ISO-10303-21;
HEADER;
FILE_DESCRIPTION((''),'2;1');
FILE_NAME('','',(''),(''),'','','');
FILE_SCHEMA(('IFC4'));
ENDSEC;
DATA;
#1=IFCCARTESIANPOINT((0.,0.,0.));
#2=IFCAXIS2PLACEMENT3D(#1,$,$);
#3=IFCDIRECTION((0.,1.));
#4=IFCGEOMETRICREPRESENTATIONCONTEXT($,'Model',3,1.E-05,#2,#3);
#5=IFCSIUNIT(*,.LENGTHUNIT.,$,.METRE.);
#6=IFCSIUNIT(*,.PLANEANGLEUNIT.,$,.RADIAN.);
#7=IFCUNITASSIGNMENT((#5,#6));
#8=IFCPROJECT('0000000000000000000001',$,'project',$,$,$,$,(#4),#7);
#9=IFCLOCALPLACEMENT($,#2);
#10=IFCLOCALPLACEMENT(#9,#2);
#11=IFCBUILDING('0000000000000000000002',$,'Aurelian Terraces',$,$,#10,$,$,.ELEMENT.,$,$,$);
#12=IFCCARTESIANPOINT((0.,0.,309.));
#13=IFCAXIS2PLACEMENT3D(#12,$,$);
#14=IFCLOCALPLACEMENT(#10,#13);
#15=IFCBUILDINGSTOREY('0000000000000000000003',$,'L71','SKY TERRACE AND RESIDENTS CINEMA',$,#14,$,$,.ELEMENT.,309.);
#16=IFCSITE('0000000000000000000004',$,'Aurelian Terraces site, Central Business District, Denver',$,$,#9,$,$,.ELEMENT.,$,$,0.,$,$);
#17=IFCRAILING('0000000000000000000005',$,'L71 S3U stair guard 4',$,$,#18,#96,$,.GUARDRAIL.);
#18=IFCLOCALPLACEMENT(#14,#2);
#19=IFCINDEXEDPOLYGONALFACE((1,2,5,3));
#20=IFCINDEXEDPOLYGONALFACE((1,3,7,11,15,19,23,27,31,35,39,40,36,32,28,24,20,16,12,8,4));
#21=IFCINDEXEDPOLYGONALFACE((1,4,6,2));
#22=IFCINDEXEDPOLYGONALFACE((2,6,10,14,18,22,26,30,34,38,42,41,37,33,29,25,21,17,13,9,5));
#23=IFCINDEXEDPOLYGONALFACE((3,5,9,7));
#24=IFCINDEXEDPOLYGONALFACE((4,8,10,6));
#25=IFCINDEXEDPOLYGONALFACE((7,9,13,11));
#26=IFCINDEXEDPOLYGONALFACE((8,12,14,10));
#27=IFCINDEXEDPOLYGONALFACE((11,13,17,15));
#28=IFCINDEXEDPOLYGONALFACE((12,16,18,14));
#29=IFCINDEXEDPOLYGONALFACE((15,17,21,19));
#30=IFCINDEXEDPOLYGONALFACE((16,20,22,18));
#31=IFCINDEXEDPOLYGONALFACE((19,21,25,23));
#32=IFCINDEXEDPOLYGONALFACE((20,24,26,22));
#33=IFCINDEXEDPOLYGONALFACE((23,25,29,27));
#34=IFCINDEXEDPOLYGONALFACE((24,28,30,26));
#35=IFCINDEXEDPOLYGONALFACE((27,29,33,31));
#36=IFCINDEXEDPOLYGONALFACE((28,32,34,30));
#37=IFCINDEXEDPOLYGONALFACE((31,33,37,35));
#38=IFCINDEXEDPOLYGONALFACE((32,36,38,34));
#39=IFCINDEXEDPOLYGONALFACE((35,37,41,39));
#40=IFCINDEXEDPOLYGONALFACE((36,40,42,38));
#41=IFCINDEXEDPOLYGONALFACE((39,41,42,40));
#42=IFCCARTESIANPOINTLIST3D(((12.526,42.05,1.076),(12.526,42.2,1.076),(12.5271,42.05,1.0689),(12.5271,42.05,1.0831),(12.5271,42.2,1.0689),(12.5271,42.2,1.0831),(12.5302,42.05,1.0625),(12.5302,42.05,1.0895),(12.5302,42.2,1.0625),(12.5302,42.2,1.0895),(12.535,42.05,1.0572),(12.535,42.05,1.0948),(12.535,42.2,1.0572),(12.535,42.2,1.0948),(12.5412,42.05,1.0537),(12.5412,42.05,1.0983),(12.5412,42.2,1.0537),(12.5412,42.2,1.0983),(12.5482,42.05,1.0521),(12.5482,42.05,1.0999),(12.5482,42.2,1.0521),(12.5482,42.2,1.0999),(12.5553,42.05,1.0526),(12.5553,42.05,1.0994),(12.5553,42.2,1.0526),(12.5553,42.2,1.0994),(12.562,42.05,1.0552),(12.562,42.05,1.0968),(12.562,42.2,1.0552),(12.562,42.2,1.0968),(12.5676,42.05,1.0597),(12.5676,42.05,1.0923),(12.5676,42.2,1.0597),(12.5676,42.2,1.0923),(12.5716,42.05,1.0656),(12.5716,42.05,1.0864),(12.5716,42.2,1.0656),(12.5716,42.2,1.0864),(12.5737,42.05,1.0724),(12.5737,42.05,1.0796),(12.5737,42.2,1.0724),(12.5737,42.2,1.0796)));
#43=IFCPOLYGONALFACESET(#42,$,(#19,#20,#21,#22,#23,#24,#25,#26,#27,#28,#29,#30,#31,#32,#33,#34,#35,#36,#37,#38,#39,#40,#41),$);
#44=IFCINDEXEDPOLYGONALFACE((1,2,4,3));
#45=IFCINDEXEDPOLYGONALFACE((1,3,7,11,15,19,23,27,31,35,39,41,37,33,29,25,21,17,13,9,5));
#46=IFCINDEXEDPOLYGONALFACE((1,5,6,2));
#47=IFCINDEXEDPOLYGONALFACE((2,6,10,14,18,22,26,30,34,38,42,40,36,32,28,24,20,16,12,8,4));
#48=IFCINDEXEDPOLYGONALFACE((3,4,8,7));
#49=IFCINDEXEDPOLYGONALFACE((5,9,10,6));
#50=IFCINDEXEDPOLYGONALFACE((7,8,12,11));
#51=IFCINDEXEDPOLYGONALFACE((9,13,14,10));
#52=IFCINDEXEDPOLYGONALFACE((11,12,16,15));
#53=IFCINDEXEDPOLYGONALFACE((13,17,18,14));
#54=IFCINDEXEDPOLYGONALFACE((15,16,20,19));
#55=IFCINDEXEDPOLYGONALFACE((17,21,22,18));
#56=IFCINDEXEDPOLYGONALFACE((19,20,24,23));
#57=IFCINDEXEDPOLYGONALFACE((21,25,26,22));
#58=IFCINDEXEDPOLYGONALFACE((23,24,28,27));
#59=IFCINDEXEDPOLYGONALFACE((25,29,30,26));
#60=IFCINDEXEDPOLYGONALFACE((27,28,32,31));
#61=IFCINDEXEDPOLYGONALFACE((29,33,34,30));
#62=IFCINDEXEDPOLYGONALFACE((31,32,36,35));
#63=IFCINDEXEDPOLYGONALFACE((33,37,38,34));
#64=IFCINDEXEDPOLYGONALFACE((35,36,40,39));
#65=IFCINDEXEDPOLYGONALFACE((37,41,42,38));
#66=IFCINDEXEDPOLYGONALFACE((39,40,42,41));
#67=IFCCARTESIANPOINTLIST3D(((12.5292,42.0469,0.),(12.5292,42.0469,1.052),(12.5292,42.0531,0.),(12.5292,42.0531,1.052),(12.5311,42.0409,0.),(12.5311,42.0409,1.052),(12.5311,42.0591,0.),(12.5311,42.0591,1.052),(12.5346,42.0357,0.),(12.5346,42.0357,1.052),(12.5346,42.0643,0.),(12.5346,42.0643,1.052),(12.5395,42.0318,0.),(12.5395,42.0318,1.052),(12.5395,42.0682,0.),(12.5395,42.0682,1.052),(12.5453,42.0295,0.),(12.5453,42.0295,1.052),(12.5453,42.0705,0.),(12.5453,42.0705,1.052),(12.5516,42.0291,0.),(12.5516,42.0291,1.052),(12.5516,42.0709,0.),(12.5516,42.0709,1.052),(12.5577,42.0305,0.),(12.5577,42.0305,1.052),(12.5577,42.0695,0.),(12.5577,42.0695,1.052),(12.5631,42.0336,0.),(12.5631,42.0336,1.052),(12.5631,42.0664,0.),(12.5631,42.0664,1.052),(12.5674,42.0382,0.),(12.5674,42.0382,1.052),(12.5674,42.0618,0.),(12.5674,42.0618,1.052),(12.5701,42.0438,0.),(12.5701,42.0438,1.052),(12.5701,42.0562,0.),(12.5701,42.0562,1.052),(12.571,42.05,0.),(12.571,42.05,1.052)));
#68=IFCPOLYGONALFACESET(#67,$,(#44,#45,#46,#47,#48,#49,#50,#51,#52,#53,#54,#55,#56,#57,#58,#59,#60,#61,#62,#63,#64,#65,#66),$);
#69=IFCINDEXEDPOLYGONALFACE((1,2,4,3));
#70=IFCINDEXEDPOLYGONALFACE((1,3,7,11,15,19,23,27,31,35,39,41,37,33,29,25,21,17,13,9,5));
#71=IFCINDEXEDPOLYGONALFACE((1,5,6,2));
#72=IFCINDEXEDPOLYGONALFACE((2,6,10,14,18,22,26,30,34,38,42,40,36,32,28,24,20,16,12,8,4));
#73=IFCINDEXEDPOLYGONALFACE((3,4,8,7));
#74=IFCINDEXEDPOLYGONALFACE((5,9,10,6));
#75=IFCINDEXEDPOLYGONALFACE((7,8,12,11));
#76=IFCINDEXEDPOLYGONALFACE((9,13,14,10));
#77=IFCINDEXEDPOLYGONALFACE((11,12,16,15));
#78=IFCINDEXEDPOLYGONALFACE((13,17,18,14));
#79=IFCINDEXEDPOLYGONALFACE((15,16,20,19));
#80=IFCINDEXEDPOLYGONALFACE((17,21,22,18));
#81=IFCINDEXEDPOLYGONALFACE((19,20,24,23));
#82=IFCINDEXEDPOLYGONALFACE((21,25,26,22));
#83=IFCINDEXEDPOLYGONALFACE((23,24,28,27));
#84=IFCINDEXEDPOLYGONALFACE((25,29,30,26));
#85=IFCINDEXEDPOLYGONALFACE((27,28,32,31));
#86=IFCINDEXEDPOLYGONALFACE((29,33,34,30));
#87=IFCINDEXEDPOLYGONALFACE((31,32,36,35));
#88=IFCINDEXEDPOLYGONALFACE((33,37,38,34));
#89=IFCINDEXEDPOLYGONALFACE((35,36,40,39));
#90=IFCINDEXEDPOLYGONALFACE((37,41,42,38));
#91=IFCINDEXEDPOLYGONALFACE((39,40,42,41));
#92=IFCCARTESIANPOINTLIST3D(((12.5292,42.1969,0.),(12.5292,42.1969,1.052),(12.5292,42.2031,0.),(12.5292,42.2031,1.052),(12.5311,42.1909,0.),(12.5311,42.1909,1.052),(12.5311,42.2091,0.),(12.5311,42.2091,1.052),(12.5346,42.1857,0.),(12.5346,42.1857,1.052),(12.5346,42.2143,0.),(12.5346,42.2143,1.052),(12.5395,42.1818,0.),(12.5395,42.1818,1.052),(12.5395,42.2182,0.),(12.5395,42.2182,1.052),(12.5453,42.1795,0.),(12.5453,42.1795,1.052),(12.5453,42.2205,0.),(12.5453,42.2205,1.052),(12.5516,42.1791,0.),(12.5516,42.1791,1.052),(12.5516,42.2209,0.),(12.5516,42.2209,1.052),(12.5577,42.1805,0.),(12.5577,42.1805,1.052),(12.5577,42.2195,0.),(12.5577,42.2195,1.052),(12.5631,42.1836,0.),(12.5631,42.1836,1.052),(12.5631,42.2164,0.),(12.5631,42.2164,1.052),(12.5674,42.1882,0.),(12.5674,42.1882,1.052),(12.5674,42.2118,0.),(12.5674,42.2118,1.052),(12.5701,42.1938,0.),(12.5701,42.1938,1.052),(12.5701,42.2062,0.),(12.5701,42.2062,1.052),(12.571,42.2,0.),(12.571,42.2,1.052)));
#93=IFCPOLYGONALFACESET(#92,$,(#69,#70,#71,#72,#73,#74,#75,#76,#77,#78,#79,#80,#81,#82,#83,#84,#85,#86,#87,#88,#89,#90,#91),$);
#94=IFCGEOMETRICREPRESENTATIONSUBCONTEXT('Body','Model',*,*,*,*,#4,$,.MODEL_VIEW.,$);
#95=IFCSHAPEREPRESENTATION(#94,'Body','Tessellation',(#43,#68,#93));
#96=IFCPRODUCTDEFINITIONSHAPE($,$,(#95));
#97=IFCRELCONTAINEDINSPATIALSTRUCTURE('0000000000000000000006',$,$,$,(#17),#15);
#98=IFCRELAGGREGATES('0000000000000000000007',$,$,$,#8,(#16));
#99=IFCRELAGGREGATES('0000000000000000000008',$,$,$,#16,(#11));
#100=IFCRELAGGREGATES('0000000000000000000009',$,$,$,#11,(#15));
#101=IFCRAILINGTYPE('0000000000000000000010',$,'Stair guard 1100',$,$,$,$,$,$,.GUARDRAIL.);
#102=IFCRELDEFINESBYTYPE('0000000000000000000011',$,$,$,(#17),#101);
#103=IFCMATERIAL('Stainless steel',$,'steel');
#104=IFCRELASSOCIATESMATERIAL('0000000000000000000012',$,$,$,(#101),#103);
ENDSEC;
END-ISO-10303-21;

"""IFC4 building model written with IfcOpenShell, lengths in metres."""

from ifc_helpers import new_model, si_unit, direction, frame, origin, origin_2d, place, context, subcontext, project, spatial, circle, extrude, source, transform, mapped, material, type_object, element, save


model = new_model("IFC4")

# Units and contexts
model_context = context("Model", 3, precision=1e-05, world=origin(), true_north=direction((0.0, 1.0)))
body_context = subcontext(model_context, "Body", "Model", "MODEL_VIEW")
ifc_project = project(units=[si_unit("LENGTHUNIT", "METRE"), si_unit("PLANEANGLEUNIT", "RADIAN")], contexts=[model_context])

# Site, building, storey
site_placement = place(None, origin())
site = spatial("IfcSite", under=ifc_project, at=site_placement, Name="Aurelian Terraces site, Central Business District, Denver", CompositionType="ELEMENT", RefElevation=0.0)
building_placement = place(site_placement, origin())
building = spatial("IfcBuilding", under=site, at=building_placement, Name="Aurelian Terraces", CompositionType="ELEMENT")
storey_placement = place(building_placement, frame((0.0, 0.0, 309.0)))
storey = spatial("IfcBuildingStorey", under=building, at=storey_placement, Name="L71", Description="SKY TERRACE AND RESIDENTS CINEMA", CompositionType="ELEMENT", Elevation=309.0)

# Railing
ifc_material_1 = material(Name="Stainless steel", Category="steel")
railing_type_1 = type_object("IfcRailingType", Name="Stair guard 1100", PredefinedType="GUARDRAIL", material=ifc_material_1)
shared_shape_1 = source(origin(), body_context, "Body", "SweptSolid", [
    extrude(circle(Radius=0.024, at=origin_2d()), frame((0.0, 0.0, 1.076), z_axis=(0.0, 1.0, 0.0), x_axis=(-1.0, 0.0, 0.0)), (0.0, 0.0, 1.0), 0.15),
    extrude(circle(Radius=0.021, at=origin_2d()), origin(), (0.0, 0.0, 1.0), 1.052),
    extrude(circle(Radius=0.021, at=origin_2d()), frame((0.0, 0.15, 0.0)), (0.0, 0.0, 1.0), 1.052),
])
railing_1_placement = place(storey_placement, frame((12.55, 42.05, 0.0)))
element("IfcRailing", 1, at=railing_1_placement, inside=storey, type_object=railing_type_1, Name="L71 S3U stair guard 4", PredefinedType="GUARDRAIL", context=body_context, shape_type="MappedRepresentation", body=[
    mapped(shared_shape_1, transform((0.0, 0.0, 0.0), scale=1.0)),
])

save(model, "model.ifc")
